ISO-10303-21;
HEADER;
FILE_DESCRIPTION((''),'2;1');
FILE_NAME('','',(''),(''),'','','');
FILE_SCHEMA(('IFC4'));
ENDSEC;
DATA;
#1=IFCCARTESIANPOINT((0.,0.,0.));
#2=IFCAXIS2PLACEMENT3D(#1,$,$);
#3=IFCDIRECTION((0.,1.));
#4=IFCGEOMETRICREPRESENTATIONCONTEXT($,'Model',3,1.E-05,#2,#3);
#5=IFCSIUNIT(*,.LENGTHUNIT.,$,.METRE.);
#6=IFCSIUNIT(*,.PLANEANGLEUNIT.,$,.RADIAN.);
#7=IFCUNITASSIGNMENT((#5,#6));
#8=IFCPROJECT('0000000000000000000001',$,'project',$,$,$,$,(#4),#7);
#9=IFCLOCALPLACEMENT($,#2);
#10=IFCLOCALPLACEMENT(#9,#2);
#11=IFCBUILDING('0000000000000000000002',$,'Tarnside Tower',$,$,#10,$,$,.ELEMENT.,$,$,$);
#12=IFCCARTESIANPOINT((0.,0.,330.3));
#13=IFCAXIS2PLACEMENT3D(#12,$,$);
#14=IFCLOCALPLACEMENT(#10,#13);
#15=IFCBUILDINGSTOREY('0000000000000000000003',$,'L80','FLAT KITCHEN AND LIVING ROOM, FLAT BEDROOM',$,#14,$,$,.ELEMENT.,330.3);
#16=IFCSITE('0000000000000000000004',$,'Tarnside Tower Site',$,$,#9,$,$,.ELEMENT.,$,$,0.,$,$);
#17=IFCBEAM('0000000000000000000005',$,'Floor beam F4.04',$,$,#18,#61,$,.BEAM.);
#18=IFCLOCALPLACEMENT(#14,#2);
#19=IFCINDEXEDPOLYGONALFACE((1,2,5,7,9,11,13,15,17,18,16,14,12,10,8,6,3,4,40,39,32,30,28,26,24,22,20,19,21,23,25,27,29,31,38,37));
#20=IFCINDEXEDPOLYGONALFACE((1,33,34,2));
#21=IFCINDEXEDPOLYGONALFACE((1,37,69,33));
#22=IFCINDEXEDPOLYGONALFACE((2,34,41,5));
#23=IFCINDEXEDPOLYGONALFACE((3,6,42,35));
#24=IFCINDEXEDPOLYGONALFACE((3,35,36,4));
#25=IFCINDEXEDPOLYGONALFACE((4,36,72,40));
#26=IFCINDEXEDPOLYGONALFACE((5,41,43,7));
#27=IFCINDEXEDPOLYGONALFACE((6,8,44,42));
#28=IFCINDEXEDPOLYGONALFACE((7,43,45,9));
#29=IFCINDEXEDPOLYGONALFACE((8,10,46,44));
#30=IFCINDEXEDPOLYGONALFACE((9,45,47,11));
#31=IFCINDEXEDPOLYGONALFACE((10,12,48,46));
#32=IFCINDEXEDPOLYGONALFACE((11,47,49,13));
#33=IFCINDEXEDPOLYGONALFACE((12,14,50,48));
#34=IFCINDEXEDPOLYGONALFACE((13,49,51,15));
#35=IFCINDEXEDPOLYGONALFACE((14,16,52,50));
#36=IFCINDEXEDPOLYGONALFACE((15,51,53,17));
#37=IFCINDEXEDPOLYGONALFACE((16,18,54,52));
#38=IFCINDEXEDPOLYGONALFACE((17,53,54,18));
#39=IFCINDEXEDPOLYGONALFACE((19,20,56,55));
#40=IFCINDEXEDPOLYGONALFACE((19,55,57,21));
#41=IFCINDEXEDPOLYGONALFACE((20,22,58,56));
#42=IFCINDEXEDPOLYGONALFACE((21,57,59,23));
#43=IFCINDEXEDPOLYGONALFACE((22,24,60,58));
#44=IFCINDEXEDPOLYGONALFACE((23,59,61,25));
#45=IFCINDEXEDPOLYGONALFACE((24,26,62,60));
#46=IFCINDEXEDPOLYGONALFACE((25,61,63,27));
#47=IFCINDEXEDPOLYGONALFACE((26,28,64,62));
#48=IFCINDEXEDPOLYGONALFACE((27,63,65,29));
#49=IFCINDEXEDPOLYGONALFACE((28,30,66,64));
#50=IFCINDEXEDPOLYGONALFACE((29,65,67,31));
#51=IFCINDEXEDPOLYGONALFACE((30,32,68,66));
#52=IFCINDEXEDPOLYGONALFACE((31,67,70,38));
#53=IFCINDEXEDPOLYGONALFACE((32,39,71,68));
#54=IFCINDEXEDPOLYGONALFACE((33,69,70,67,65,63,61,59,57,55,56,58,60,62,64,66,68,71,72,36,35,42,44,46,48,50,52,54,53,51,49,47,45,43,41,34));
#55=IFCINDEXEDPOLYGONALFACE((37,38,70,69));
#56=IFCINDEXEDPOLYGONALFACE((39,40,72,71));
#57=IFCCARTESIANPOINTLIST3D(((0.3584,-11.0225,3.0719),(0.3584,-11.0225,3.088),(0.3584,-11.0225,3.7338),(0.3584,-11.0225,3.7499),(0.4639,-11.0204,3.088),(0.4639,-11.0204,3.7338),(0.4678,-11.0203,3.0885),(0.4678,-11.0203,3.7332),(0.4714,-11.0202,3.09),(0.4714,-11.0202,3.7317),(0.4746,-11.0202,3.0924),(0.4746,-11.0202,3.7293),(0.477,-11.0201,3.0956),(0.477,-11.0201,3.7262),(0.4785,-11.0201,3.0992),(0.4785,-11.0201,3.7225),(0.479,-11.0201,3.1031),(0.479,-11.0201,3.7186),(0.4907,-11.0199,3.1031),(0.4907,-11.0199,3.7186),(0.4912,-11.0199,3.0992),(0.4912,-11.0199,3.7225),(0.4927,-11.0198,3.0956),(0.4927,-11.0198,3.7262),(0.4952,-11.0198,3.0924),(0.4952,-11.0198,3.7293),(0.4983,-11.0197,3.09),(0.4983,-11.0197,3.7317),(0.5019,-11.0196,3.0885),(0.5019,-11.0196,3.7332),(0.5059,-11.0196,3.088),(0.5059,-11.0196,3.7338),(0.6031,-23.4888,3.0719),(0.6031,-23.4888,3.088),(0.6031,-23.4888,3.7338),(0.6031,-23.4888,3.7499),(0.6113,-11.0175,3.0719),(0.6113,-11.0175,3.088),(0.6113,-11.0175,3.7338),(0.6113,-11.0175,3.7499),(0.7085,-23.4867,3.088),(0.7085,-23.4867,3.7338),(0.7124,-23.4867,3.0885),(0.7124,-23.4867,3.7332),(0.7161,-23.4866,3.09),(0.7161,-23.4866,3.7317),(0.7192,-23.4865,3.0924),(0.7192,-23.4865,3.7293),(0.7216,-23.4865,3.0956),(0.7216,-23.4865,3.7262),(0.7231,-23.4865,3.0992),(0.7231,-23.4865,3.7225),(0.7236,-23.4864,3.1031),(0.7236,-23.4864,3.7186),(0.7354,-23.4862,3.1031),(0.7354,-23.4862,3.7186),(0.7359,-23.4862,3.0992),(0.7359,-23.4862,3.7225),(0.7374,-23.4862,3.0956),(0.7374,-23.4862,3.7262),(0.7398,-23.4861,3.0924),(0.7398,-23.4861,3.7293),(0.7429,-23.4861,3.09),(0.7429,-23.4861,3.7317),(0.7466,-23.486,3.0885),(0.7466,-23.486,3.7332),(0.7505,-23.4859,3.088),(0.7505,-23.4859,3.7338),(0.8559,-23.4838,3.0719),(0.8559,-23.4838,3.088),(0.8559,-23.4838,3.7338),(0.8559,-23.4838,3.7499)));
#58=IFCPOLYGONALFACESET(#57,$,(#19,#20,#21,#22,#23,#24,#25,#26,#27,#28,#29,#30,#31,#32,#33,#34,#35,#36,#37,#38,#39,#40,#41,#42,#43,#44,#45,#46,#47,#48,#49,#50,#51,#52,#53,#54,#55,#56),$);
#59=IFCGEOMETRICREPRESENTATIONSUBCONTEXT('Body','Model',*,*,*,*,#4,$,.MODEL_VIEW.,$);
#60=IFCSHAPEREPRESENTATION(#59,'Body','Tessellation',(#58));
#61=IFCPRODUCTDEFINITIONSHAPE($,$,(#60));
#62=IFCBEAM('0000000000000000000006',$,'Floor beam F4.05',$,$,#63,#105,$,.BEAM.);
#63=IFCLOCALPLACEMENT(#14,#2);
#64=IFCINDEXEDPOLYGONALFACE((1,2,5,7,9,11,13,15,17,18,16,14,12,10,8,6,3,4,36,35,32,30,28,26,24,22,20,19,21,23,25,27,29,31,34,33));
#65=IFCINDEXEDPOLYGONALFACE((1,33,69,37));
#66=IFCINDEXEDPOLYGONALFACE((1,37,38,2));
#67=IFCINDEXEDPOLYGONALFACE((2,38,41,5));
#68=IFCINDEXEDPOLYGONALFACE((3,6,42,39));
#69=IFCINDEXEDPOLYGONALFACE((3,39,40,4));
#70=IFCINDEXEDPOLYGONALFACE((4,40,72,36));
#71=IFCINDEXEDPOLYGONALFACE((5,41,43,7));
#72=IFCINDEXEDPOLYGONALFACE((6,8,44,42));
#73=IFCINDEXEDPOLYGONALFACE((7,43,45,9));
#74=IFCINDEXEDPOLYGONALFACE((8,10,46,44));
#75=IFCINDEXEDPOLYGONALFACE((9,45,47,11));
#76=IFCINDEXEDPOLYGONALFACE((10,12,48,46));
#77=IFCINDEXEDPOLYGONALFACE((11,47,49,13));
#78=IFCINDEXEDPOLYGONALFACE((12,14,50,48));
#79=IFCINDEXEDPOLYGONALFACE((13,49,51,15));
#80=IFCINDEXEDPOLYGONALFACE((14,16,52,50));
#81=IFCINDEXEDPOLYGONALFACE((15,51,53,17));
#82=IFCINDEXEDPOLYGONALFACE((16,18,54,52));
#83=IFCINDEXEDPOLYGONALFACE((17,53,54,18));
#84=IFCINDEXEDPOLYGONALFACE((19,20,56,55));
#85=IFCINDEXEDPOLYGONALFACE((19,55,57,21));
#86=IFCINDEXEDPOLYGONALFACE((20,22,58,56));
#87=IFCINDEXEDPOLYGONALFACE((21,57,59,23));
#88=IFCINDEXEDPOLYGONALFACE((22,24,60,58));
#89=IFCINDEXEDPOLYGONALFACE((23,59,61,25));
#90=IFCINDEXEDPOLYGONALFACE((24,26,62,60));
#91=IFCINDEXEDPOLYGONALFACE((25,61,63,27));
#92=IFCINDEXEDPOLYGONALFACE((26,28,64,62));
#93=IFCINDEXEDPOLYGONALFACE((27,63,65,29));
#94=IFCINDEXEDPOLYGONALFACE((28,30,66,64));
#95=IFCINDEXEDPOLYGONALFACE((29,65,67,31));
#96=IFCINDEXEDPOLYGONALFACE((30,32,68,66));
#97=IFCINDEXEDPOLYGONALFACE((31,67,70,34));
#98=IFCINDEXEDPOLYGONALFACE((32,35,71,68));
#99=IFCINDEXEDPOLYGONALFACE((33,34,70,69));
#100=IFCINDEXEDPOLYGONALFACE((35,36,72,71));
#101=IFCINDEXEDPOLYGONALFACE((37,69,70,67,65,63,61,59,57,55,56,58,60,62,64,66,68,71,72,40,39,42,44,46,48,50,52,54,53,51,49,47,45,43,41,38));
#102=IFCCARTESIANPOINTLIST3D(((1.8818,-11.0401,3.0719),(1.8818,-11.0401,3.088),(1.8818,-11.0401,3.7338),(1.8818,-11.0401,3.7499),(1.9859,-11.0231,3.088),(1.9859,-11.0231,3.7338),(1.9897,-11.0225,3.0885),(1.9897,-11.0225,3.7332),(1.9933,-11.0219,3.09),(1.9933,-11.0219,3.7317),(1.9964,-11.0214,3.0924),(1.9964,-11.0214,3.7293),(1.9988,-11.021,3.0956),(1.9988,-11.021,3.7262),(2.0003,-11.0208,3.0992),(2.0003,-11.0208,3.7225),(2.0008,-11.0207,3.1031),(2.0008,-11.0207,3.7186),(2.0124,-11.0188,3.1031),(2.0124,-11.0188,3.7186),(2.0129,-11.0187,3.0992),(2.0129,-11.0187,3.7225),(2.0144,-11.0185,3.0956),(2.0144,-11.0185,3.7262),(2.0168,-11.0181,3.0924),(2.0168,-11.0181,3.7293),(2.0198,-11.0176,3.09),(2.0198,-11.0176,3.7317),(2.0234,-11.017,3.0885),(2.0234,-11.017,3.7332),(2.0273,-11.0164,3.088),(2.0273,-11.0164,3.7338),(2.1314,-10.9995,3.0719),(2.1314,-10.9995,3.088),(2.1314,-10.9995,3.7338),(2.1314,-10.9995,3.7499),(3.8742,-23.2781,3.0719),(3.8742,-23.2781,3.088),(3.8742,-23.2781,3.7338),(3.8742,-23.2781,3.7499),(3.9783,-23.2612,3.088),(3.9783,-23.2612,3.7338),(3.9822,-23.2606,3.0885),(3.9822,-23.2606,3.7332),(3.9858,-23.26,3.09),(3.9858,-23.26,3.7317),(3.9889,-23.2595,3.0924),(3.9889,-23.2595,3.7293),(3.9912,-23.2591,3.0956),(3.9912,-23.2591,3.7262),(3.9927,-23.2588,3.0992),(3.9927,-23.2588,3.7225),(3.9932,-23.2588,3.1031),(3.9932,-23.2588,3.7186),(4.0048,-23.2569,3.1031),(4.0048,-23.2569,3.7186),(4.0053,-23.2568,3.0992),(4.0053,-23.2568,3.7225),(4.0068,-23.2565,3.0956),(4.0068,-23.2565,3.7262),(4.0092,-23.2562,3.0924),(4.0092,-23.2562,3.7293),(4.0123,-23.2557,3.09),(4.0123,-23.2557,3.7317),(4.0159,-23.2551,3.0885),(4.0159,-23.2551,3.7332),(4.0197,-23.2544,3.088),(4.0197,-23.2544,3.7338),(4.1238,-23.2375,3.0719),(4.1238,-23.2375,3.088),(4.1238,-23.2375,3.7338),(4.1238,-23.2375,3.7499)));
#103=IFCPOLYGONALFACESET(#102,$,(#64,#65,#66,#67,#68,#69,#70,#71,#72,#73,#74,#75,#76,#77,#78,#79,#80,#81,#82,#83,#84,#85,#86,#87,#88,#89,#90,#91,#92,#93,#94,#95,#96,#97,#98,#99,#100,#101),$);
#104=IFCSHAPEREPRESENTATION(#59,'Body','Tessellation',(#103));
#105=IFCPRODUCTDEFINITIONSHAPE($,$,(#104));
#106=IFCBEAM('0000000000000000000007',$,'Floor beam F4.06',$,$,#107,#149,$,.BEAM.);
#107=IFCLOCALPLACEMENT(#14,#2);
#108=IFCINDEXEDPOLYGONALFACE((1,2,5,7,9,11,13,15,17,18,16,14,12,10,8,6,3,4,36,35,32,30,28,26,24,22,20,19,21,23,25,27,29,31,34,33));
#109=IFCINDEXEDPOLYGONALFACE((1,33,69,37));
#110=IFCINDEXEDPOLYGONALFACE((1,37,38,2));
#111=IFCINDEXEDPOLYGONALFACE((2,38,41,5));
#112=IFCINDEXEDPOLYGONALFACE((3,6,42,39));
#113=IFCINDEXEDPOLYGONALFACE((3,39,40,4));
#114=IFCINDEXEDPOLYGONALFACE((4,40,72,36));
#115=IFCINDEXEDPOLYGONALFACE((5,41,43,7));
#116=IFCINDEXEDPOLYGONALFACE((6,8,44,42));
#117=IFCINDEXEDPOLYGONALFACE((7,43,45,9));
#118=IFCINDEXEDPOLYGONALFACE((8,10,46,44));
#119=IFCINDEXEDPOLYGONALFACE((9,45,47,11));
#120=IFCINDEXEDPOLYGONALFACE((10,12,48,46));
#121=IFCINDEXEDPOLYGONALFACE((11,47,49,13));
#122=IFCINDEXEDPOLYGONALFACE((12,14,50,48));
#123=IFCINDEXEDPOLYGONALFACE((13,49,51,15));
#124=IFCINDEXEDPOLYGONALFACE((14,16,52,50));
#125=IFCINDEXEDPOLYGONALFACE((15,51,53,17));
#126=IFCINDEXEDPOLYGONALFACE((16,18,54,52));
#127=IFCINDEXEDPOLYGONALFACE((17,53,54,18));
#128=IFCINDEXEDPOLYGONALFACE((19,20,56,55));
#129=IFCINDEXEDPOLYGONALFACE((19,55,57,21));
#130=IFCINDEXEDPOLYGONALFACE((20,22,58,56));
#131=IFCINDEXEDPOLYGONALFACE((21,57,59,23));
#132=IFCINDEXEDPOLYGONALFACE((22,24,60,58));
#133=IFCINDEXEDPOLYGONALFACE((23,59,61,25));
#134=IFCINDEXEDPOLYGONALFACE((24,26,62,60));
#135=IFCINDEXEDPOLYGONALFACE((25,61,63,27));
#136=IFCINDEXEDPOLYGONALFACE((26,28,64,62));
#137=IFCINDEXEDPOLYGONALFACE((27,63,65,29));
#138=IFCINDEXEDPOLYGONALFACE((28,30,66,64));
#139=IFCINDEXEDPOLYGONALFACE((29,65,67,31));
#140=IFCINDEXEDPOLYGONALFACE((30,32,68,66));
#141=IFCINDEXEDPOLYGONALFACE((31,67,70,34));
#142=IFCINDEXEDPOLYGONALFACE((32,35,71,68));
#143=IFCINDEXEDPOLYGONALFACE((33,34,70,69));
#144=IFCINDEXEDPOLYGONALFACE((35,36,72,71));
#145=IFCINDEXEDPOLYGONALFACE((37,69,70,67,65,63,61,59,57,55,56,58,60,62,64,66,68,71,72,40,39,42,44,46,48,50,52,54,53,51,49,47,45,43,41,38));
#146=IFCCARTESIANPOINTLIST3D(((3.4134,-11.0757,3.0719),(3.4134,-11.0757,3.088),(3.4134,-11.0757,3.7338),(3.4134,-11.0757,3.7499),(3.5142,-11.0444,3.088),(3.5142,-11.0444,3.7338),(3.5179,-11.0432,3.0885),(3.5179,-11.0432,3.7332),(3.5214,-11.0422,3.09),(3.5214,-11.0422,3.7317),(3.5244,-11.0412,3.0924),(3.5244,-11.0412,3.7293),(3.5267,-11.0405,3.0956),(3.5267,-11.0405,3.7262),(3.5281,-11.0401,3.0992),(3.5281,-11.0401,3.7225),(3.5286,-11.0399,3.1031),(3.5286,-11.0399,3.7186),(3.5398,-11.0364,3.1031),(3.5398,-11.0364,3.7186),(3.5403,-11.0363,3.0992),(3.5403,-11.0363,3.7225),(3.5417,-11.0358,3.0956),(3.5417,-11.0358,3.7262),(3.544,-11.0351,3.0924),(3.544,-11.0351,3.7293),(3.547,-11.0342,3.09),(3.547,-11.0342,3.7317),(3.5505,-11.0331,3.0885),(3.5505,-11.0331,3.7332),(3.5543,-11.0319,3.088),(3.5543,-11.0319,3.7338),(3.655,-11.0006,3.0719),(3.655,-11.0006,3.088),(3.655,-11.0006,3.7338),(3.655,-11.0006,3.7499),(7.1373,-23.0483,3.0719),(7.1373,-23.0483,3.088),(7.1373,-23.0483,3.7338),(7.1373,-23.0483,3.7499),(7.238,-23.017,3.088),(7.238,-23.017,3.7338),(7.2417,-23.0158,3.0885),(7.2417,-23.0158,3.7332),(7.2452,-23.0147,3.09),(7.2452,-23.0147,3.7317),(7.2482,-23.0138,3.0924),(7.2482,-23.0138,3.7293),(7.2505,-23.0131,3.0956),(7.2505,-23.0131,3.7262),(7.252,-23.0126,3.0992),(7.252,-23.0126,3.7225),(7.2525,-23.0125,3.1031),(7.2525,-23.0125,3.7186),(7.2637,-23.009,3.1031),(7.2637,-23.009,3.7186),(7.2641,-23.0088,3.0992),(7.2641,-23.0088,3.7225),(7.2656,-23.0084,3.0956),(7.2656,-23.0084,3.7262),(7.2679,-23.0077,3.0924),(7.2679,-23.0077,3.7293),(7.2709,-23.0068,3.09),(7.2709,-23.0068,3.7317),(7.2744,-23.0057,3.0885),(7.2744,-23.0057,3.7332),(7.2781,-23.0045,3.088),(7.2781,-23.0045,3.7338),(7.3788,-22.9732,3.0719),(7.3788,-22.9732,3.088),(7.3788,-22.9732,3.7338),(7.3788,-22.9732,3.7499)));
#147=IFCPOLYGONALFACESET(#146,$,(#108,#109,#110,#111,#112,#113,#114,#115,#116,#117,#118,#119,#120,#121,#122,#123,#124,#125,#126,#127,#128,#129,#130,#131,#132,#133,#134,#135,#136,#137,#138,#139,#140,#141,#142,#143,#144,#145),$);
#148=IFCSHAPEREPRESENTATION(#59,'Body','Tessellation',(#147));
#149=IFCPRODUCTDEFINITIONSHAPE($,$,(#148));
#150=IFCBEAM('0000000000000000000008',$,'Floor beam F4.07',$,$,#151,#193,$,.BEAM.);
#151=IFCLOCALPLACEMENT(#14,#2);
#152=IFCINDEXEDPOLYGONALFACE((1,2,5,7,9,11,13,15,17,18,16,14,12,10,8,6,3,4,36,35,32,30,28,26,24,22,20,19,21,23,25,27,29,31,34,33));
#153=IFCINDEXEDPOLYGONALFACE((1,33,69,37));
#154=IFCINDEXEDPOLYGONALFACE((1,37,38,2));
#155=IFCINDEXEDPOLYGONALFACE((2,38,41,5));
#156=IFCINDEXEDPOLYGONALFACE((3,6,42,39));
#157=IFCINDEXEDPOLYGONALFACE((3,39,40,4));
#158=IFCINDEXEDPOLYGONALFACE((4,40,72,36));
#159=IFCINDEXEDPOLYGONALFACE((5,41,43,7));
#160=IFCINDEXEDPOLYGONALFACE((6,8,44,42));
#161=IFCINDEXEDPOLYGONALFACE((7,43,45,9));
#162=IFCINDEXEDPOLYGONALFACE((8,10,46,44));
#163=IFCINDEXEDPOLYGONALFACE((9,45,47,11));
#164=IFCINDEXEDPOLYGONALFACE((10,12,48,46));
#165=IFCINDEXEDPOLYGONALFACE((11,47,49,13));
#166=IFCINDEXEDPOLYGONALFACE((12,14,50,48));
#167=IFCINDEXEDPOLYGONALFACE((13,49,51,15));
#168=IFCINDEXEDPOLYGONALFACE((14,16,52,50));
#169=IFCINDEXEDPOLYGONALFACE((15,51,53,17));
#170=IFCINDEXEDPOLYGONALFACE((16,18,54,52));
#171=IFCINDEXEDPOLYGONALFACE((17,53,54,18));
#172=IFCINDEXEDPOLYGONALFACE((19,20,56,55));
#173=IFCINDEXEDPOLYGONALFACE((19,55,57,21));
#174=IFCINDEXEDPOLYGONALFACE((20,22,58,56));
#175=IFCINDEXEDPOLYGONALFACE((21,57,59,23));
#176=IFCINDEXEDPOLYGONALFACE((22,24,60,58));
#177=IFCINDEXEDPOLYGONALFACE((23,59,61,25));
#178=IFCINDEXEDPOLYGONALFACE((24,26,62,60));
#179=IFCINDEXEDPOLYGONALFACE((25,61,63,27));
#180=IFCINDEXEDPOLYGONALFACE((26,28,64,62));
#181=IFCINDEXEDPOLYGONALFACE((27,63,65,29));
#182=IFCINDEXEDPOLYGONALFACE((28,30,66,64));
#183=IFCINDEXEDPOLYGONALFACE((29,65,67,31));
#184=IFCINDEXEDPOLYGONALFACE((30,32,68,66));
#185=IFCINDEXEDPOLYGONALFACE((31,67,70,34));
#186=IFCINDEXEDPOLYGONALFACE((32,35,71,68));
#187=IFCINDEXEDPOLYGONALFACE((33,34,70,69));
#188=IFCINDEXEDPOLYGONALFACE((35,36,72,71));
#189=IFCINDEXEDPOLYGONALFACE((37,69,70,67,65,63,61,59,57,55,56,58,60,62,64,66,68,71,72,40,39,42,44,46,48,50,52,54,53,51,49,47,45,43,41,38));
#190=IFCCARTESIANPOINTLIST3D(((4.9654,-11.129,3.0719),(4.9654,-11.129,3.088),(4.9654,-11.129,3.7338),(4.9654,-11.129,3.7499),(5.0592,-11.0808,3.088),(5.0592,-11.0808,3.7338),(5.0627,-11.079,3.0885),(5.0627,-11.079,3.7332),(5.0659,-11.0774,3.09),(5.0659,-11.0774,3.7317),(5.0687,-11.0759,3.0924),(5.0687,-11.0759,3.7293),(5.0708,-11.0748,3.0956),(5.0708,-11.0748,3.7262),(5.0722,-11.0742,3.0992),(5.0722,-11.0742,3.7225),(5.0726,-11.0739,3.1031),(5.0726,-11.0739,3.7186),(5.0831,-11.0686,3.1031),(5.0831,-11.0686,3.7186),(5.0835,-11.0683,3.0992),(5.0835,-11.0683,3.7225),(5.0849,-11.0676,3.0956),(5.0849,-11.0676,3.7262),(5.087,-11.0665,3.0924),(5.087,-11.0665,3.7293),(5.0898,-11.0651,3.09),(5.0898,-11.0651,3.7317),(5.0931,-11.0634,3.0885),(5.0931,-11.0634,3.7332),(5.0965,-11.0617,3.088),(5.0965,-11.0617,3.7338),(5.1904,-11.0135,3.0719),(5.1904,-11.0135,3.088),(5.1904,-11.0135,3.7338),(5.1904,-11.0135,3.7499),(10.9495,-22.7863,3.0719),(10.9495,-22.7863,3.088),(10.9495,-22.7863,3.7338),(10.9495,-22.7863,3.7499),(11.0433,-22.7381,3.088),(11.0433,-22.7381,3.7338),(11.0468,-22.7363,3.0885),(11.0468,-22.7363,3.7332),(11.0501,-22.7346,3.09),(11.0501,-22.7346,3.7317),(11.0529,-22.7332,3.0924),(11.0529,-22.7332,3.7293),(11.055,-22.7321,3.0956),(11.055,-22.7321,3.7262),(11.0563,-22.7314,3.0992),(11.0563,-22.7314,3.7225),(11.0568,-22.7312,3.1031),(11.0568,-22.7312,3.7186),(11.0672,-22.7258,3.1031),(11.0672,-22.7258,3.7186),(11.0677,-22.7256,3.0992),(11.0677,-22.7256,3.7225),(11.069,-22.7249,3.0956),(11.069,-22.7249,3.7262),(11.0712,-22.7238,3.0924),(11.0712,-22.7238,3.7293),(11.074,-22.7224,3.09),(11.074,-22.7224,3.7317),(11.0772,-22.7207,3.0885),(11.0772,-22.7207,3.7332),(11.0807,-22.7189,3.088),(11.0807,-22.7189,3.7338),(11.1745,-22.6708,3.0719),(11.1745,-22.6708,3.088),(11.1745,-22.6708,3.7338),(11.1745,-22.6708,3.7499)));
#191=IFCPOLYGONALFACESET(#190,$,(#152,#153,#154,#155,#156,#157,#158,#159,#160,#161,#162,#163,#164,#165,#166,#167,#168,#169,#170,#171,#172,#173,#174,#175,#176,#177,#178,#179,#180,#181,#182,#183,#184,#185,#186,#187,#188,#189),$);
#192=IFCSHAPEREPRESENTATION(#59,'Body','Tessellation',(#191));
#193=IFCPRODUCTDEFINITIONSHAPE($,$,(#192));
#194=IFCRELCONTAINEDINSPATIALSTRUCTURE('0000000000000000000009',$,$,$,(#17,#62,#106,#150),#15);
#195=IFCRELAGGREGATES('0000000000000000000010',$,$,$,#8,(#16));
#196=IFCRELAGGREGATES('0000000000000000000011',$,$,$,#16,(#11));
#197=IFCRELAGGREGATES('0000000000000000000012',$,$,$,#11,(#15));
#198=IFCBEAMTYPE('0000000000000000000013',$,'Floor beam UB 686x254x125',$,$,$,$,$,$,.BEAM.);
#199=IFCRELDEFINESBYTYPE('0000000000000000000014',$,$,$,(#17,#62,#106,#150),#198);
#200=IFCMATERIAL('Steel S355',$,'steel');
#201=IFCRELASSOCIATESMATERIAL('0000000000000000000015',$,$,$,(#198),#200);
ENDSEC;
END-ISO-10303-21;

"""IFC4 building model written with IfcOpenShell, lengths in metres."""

from ifc_helpers import new_model, si_unit, direction, frame, origin, origin_2d, place, context, subcontext, project, spatial, i_section, extrude, material, material_profile, profile_set, type_object, element, save


model = new_model("IFC4")

# Units and contexts
model_context = context("Model", 3, precision=1e-05, world=origin(), true_north=direction((0.0, 1.0)))
body_context = subcontext(model_context, "Body", "Model", "MODEL_VIEW")
ifc_project = project(units=[si_unit("LENGTHUNIT", "METRE"), si_unit("PLANEANGLEUNIT", "RADIAN")], contexts=[model_context])

# Site, building, storey
site_placement = place(None, origin())
site = spatial("IfcSite", under=ifc_project, at=site_placement, Name="Tarnside Tower Site", CompositionType="ELEMENT", RefElevation=0.0)
building_placement = place(site_placement, origin())
building = spatial("IfcBuilding", under=site, at=building_placement, Name="Tarnside Tower", CompositionType="ELEMENT")
storey_placement = place(building_placement, frame((0.0, 0.0, 330.3)))
storey = spatial("IfcBuildingStorey", under=building, at=storey_placement, Name="L80", Description="FLAT KITCHEN AND LIVING ROOM, FLAT BEDROOM", CompositionType="ELEMENT", Elevation=330.3)

# Beams
ifc_material_1 = material(Name="Steel S355", Category="steel")
ifc_material_profile = material_profile(ifc_material_1, i_section(OverallWidth=0.2529, OverallDepth=0.678, WebThickness=0.0117, FlangeThickness=0.0161, FilletRadius=0.0151, at=origin_2d()), Name="UB 686x254x125")
ifc_profile_set = profile_set([ifc_material_profile], Name="Steel S355")
beam_type = type_object("IfcBeamType", Name="Floor beam UB 686x254x125", PredefinedType="BEAM", material=ifc_profile_set)
beam_1_placement = place(storey_placement, frame((0.7295, -23.4863, 3.4109), z_axis=(-0.019619, 0.999808, 0.0), x_axis=(-0.999808, -0.019619, 0.0)))
element("IfcBeam", 1, at=beam_1_placement, inside=storey, type_object=beam_type, Name="Floor beam F4.04", PredefinedType="BEAM", context=body_context, shape_type="SweptSolid", body=[
    extrude(i_section(OverallWidth=0.2529, OverallDepth=0.678, WebThickness=0.0117, FlangeThickness=0.0161, FilletRadius=0.0151, at=origin_2d()), origin(), (0.0, 0.0, 1.0), 12.4688),
])
beam_2_placement = place(storey_placement, frame((3.999, -23.2578, 3.4109), z_axis=(-0.160691, 0.987005, 0.0), x_axis=(-0.987005, -0.160691, 0.0)))
element("IfcBeam", 2, at=beam_2_placement, inside=storey, type_object=beam_type, Name="Floor beam F4.05", PredefinedType="BEAM", context=body_context, shape_type="SweptSolid", body=[
    extrude(i_section(OverallWidth=0.2529, OverallDepth=0.678, WebThickness=0.0117, FlangeThickness=0.0161, FilletRadius=0.0151, at=origin_2d()), origin(), (0.0, 0.0, 1.0), 12.3992),
])
beam_3_placement = place(storey_placement, frame((7.2581, -23.0107, 3.4109), z_axis=(-0.296998, 0.954878, 0.0), x_axis=(-0.954878, -0.296998, 0.0)))
element("IfcBeam", 3, at=beam_3_placement, inside=storey, type_object=beam_type, Name="Floor beam F4.06", PredefinedType="BEAM", context=body_context, shape_type="SweptSolid", body=[
    extrude(i_section(OverallWidth=0.2529, OverallDepth=0.678, WebThickness=0.0117, FlangeThickness=0.0161, FilletRadius=0.0151, at=origin_2d()), origin(), (0.0, 0.0, 1.0), 12.5383),
])
beam_4_placement = place(storey_placement, frame((11.062, -22.7285, 3.4109), z_axis=(-0.456683, 0.889629, 0.0), x_axis=(-0.889629, -0.456683, 0.0)))
element("IfcBeam", 4, at=beam_4_placement, inside=storey, type_object=beam_type, Name="Floor beam F4.07", PredefinedType="BEAM", context=body_context, shape_type="SweptSolid", body=[
    extrude(i_section(OverallWidth=0.2529, OverallDepth=0.678, WebThickness=0.0117, FlangeThickness=0.0161, FilletRadius=0.0151, at=origin_2d()), origin(), (0.0, 0.0, 1.0), 13.1035),
])

save(model, "model.ifc")
